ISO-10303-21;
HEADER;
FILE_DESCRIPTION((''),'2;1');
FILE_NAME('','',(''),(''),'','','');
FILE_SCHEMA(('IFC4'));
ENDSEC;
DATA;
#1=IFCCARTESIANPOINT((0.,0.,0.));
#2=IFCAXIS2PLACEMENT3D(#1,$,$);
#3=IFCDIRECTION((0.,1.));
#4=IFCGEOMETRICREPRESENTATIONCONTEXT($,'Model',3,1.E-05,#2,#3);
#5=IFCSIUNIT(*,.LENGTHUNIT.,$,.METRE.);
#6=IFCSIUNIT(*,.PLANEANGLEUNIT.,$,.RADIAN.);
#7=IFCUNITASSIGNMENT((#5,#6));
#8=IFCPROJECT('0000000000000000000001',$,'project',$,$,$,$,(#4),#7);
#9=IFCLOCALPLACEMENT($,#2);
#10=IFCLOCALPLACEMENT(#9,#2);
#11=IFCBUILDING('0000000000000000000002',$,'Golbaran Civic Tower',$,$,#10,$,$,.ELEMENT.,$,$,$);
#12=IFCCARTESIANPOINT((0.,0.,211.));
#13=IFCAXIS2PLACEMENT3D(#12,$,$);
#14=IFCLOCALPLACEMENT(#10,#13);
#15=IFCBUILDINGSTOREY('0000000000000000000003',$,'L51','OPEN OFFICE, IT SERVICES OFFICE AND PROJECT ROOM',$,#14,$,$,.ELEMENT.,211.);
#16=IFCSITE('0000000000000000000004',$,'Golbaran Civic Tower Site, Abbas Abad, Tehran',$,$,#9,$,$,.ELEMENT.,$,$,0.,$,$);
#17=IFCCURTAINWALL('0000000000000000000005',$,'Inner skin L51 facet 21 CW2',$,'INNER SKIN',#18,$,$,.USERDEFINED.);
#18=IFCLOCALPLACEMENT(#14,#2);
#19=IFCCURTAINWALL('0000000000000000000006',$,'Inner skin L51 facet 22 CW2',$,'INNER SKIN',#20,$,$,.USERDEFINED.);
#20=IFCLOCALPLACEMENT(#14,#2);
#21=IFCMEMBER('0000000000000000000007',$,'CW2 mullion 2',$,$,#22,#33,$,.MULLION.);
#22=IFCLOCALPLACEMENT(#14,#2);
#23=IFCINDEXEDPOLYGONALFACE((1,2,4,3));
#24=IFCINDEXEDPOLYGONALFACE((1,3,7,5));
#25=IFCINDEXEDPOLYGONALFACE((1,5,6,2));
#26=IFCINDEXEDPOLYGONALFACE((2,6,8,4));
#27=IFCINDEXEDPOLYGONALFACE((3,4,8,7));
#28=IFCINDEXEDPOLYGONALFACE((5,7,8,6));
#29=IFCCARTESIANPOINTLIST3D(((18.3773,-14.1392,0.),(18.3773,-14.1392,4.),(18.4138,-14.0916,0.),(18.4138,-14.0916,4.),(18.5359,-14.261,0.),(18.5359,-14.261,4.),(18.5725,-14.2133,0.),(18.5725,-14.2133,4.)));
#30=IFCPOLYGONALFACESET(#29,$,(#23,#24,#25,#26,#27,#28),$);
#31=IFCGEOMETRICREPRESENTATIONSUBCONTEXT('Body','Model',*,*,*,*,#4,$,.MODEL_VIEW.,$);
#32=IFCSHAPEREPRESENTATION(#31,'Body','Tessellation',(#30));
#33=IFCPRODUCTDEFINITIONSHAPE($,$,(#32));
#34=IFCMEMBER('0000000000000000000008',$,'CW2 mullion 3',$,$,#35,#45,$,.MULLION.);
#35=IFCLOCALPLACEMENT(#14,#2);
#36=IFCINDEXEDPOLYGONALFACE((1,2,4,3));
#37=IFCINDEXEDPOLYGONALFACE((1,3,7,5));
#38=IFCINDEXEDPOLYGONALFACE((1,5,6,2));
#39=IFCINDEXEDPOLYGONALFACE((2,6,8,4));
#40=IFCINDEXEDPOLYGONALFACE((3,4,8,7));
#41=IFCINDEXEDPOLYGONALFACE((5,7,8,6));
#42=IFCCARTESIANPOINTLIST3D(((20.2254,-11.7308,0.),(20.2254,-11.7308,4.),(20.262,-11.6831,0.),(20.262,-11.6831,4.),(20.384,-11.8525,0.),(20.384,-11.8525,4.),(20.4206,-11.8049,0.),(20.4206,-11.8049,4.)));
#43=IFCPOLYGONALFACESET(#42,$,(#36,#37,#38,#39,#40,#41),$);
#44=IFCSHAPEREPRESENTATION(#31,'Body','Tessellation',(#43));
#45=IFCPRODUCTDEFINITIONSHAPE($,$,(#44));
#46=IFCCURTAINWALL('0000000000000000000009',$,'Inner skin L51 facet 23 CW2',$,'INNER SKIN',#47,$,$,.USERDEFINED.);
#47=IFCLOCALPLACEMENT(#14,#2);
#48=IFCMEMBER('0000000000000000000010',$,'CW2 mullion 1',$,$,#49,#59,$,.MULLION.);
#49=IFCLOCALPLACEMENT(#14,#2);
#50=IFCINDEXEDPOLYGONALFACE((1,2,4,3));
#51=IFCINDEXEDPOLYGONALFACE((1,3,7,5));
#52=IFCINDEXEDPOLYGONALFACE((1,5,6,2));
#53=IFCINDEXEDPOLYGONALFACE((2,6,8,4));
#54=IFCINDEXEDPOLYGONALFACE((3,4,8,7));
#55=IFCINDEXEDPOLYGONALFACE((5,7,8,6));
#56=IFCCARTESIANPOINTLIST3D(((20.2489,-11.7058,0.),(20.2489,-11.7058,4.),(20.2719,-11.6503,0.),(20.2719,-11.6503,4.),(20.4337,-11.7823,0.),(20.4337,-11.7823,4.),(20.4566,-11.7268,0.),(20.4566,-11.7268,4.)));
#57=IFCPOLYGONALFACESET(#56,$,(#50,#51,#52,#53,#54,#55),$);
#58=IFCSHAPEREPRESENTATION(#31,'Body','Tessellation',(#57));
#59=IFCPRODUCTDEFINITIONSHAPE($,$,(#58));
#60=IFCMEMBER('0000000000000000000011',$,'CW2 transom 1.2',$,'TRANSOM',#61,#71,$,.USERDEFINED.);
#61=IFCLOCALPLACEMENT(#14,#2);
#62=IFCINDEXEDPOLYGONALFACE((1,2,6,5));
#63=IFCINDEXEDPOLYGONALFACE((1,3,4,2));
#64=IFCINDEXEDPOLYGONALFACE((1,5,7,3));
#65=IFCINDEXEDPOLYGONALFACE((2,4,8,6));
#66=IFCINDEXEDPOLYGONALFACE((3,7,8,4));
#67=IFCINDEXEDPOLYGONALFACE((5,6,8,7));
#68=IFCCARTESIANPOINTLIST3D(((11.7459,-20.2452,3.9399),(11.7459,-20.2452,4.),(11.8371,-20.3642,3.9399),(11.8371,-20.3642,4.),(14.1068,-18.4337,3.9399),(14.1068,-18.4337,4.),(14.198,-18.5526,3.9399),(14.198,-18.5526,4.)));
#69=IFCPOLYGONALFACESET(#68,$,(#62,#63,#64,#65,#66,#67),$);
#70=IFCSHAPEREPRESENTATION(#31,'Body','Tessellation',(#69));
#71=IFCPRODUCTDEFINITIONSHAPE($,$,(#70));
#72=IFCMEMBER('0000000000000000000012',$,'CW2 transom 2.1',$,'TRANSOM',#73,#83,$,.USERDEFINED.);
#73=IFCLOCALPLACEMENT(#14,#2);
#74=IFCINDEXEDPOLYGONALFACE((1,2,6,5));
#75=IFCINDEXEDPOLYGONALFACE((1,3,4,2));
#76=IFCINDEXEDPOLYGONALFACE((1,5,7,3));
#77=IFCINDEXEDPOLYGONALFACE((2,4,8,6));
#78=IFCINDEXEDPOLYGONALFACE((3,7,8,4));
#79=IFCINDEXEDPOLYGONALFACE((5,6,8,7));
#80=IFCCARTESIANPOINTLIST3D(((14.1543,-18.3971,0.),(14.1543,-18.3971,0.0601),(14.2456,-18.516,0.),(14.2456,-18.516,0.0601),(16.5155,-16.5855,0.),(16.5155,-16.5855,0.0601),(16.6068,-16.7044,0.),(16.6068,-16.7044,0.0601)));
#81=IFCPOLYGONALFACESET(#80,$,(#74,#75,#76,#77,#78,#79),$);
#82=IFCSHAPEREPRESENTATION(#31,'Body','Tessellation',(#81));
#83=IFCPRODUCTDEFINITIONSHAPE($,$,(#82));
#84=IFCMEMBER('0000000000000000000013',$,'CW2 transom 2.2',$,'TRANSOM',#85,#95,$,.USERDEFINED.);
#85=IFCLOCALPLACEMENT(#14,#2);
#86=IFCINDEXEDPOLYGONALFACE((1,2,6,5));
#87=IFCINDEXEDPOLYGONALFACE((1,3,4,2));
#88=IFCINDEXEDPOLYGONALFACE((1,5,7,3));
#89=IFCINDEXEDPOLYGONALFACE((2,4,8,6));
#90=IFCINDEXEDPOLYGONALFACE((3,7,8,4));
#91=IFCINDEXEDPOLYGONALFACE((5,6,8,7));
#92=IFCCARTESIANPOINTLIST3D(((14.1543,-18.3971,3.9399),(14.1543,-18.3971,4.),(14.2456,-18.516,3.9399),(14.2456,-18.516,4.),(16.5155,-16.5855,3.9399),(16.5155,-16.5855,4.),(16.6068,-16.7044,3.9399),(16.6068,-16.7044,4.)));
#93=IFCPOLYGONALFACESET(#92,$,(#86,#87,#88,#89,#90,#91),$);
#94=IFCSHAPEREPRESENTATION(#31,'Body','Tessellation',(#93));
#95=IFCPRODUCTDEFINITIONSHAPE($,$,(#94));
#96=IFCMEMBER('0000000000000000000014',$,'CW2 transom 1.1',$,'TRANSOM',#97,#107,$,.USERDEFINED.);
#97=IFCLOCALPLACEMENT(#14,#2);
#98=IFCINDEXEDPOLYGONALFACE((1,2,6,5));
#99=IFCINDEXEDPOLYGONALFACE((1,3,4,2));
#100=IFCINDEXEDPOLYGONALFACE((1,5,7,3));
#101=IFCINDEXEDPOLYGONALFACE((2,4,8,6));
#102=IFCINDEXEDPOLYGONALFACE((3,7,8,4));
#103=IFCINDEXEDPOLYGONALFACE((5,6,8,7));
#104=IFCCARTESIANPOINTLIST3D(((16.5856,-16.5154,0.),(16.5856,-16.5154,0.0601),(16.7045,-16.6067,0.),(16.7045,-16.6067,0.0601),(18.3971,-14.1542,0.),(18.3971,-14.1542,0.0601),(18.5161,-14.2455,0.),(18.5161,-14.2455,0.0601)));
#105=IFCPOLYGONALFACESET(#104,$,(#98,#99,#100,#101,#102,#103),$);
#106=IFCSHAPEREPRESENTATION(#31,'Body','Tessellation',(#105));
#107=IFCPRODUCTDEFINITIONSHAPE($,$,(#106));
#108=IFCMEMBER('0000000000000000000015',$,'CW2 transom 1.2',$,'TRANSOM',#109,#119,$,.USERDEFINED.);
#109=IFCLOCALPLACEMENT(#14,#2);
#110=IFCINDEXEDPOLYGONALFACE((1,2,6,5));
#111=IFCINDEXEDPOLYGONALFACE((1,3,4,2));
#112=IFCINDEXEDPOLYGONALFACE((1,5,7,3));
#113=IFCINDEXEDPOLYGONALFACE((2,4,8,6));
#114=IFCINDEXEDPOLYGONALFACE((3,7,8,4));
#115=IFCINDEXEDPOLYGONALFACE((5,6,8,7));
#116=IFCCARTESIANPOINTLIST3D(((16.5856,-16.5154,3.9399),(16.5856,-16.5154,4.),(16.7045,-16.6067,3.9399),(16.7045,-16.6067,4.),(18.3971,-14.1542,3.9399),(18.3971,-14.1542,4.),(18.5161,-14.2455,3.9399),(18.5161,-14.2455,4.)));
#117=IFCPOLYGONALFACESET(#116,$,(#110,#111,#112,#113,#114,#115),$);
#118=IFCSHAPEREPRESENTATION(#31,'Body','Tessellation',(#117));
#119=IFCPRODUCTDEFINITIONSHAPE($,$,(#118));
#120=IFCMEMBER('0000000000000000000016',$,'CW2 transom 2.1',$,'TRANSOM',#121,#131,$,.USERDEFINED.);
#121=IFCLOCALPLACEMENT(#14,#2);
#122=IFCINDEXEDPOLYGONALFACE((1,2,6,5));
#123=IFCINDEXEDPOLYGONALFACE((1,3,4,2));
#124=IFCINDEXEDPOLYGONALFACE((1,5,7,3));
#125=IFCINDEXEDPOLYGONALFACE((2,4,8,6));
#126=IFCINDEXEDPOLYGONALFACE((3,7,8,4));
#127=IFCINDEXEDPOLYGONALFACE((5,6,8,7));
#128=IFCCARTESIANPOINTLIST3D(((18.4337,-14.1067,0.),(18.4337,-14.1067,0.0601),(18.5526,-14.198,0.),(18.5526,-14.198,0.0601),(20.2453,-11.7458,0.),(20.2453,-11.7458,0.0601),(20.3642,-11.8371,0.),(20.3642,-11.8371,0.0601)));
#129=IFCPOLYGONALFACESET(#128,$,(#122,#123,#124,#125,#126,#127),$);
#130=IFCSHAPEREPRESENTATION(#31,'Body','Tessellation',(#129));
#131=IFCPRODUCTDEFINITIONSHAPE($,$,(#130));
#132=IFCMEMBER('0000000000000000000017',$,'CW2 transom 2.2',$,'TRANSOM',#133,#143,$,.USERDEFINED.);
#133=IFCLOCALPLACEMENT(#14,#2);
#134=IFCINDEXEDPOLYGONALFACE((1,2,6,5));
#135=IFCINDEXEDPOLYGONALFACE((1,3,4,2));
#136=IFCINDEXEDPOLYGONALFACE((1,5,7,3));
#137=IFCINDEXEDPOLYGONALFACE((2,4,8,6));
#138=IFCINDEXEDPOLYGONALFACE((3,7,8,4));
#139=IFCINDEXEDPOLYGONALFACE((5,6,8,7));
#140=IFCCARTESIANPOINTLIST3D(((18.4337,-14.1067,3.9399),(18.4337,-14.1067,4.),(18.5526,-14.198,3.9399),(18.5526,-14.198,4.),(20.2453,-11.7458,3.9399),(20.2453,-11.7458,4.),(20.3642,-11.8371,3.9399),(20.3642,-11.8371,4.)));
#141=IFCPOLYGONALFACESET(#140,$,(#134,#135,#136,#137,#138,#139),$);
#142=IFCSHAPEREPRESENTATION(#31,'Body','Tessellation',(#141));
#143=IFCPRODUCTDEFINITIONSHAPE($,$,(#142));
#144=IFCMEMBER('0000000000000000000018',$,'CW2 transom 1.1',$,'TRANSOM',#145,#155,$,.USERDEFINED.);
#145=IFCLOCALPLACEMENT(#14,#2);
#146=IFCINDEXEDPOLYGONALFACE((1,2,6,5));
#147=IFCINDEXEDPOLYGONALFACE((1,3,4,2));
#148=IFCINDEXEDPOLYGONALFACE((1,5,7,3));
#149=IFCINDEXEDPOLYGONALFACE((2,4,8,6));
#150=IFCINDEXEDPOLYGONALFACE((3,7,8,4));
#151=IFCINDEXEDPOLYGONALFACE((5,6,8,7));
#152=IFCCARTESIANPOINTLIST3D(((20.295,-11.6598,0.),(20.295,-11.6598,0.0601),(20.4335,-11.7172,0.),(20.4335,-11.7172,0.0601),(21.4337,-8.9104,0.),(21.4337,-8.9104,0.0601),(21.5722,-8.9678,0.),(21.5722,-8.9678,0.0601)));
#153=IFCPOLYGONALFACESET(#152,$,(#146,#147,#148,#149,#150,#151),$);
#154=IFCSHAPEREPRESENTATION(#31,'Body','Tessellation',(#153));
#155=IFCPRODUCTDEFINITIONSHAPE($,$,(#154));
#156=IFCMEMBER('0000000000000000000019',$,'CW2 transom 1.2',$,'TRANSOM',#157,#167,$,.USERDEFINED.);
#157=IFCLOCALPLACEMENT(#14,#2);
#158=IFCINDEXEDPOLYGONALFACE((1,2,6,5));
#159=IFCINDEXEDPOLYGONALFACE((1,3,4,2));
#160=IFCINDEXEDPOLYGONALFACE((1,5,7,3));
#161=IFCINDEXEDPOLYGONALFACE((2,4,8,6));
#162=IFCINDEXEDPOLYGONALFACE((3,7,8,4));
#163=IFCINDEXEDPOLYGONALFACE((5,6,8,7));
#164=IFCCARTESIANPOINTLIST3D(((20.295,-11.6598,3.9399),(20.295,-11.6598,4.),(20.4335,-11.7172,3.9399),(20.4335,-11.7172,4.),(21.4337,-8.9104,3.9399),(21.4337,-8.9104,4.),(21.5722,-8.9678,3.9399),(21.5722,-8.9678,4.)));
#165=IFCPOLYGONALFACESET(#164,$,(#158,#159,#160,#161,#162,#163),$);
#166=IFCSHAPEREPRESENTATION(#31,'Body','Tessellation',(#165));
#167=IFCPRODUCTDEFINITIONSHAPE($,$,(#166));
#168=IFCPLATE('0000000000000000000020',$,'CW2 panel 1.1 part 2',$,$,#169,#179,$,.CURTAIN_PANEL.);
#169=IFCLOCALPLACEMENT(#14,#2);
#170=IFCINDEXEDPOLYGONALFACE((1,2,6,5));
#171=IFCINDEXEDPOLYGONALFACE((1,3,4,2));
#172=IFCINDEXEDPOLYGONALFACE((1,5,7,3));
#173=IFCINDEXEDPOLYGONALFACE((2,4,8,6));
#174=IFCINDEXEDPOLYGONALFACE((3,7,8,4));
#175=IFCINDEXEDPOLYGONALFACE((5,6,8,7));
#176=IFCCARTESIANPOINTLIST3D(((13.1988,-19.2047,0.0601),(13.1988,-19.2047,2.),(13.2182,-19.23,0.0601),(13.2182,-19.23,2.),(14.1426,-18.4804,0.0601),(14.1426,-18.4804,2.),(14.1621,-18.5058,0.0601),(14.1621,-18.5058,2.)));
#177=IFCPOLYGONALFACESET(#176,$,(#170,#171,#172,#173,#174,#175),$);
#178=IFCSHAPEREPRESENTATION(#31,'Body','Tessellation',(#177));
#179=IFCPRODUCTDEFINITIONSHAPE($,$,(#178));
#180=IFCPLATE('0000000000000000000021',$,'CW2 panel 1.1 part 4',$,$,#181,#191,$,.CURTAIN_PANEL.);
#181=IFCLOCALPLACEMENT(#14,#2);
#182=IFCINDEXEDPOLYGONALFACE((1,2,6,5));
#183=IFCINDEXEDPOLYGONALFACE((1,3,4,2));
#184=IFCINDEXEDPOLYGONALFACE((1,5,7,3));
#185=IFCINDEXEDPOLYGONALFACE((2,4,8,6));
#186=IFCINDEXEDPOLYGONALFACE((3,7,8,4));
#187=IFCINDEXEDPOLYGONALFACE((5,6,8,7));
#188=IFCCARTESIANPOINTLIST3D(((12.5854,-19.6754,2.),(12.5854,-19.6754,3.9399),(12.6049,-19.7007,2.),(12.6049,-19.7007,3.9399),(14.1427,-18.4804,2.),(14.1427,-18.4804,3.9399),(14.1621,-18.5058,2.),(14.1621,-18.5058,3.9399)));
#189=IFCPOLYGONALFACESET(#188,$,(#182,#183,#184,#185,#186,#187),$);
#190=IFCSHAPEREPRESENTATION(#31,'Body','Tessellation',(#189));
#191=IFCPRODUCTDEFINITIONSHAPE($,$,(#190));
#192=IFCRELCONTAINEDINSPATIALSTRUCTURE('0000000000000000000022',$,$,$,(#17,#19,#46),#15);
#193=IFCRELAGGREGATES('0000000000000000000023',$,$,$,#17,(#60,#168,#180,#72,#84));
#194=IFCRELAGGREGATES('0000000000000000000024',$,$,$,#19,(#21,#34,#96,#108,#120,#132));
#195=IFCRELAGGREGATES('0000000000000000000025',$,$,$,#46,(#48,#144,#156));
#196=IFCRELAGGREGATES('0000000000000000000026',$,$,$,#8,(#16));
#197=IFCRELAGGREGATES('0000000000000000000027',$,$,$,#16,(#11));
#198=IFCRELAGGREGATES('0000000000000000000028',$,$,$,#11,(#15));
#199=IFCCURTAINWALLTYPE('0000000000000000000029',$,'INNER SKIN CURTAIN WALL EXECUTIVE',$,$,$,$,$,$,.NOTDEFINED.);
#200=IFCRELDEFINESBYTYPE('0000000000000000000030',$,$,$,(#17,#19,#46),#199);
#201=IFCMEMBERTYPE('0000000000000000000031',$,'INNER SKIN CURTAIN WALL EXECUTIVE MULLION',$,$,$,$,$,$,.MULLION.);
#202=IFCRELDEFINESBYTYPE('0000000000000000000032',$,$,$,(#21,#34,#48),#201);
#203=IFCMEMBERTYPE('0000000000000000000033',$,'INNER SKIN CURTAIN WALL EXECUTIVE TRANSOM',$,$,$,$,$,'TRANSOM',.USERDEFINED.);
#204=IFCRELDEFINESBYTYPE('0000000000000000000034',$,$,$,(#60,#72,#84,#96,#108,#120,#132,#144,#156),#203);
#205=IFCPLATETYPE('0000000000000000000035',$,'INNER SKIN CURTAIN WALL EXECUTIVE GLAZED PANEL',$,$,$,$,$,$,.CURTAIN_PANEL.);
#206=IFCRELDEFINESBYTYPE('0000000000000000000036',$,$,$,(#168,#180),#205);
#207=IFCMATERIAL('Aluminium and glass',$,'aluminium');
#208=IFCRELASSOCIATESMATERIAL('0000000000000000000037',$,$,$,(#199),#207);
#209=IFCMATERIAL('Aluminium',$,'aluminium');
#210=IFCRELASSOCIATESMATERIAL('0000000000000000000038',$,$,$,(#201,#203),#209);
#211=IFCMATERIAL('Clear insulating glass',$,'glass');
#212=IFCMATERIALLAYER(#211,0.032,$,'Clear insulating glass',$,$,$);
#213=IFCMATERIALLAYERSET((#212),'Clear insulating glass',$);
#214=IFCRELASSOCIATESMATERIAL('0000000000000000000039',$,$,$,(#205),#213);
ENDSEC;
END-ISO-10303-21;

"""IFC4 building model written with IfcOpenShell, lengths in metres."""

from ifc_helpers import new_model, si_unit, direction, frame, origin, origin_2d, place, context, subcontext, project, spatial, rectangle, extrude, material, layer, layer_set, material_profile, profile_set, type_object, element, aggregate, save


model = new_model("IFC4")

# Units and contexts
model_context = context("Model", 3, precision=1e-05, world=origin(), true_north=direction((0.0, 1.0)))
body_context = subcontext(model_context, "Body", "Model", "MODEL_VIEW")
ifc_project = project(units=[si_unit("LENGTHUNIT", "METRE"), si_unit("PLANEANGLEUNIT", "RADIAN")], contexts=[model_context])

# Site, building, storey
site_placement = place(None, origin())
site = spatial("IfcSite", under=ifc_project, at=site_placement, Name="Golbaran Civic Tower Site, Abbas Abad, Tehran", CompositionType="ELEMENT", RefElevation=0.0)
building_placement = place(site_placement, origin())
building = spatial("IfcBuilding", under=site, at=building_placement, Name="Golbaran Civic Tower", CompositionType="ELEMENT")
storey_placement = place(building_placement, frame((0.0, 0.0, 211.0)))
storey = spatial("IfcBuildingStorey", under=building, at=storey_placement, Name="L51", Description="OPEN OFFICE, IT SERVICES OFFICE AND PROJECT ROOM", CompositionType="ELEMENT", Elevation=211.0)

# Curtain walls, members
ifc_material_1 = material(Name="Aluminium and glass", Category="aluminium")
curtain_wall_type = type_object("IfcCurtainWallType", Name="INNER SKIN CURTAIN WALL EXECUTIVE", PredefinedType="NOTDEFINED", material=ifc_material_1)
curtain_wall_1_placement = place(storey_placement, origin())
curtain_wall_1 = element("IfcCurtainWall", 1, at=curtain_wall_1_placement, inside=storey, type_object=curtain_wall_type, Name="Inner skin L51 facet 21 CW2", ObjectType="INNER SKIN", PredefinedType="USERDEFINED")
ifc_material_2 = material(Name="Aluminium", Category="aluminium")
ifc_material_profile_1 = material_profile(ifc_material_2, rectangle(XDim=0.2, YDim=0.0601, at=origin_2d()), Name="INNER SKIN CURTAIN WALL EXECUTIVE MULLION")
ifc_profile_set_1 = profile_set([ifc_material_profile_1], Name="Aluminium")
member_type_1 = type_object("IfcMemberType", Name="INNER SKIN CURTAIN WALL EXECUTIVE MULLION", PredefinedType="MULLION", material=ifc_profile_set_1)
curtain_wall_2_placement = place(storey_placement, origin())
curtain_wall_2 = element("IfcCurtainWall", 2, at=curtain_wall_2_placement, inside=storey, type_object=curtain_wall_type, Name="Inner skin L51 facet 22 CW2", ObjectType="INNER SKIN", PredefinedType="USERDEFINED")
member_1_placement = place(storey_placement, frame((18.4749, -14.1763, 0.0), z_axis=(0.0, 0.0, 1.0), x_axis=(-0.793353, 0.608761, 0.0)))
member_1 = element("IfcMember", 3, at=member_1_placement, type_object=member_type_1, Name="CW2 mullion 2", PredefinedType="MULLION", context=body_context, shape_type="SweptSolid", body=[
    extrude(rectangle(XDim=0.2, YDim=0.0601, at=origin_2d()), origin(), (0.0, 0.0, 1.0), 4.0),
])
member_2_placement = place(storey_placement, frame((20.323, -11.7678, 0.0), z_axis=(0.0, 0.0, 1.0), x_axis=(-0.793353, 0.608761, 0.0)))
member_2 = element("IfcMember", 4, at=member_2_placement, type_object=member_type_1, Name="CW2 mullion 3", PredefinedType="MULLION", context=body_context, shape_type="SweptSolid", body=[
    extrude(rectangle(XDim=0.2, YDim=0.0601, at=origin_2d()), origin(), (0.0, 0.0, 1.0), 4.0),
])

# Curtain wall, member
curtain_wall_3_placement = place(storey_placement, origin())
curtain_wall_3 = element("IfcCurtainWall", 5, at=curtain_wall_3_placement, inside=storey, type_object=curtain_wall_type, Name="Inner skin L51 facet 23 CW2", ObjectType="INNER SKIN", PredefinedType="USERDEFINED")
member_3_placement = place(storey_placement, frame((20.3528, -11.7163, 0.0), z_axis=(0.0, 0.0, 1.0), x_axis=(-0.92388, 0.382683, 0.0)))
member_3 = element("IfcMember", 6, at=member_3_placement, type_object=member_type_1, Name="CW2 mullion 1", PredefinedType="MULLION", context=body_context, shape_type="SweptSolid", body=[
    extrude(rectangle(XDim=0.2, YDim=0.0601, at=origin_2d()), origin(), (0.0, 0.0, 1.0), 4.0),
])

# Members
ifc_material_profile_2 = material_profile(ifc_material_2, rectangle(XDim=0.1499, YDim=0.0601, at=origin_2d()), Name="INNER SKIN CURTAIN WALL EXECUTIVE TRANSOM")
ifc_profile_set_2 = profile_set([ifc_material_profile_2], Name="Aluminium")
member_type_2 = type_object("IfcMemberType", Name="INNER SKIN CURTAIN WALL EXECUTIVE TRANSOM", ElementType="TRANSOM", PredefinedType="USERDEFINED", material=ifc_profile_set_2)
member_4_placement = place(storey_placement, frame((11.7915, -20.3047, 3.97), z_axis=(0.793355, 0.608759, 0.0), x_axis=(-0.608759, 0.793355, 0.0)))
member_4 = element("IfcMember", 7, at=member_4_placement, type_object=member_type_2, Name="CW2 transom 1.2", ObjectType="TRANSOM", PredefinedType="USERDEFINED", context=body_context, shape_type="SweptSolid", body=[
    extrude(rectangle(XDim=0.1499, YDim=0.0601, at=origin_2d()), origin(), (0.0, 0.0, 1.0), 2.9758),
])
member_5_placement = place(storey_placement, frame((14.2, -18.4565, 0.03), z_axis=(0.793386, 0.608719, 0.0), x_axis=(-0.608719, 0.793386, 0.0)))
member_5 = element("IfcMember", 8, at=member_5_placement, type_object=member_type_2, Name="CW2 transom 2.1", ObjectType="TRANSOM", PredefinedType="USERDEFINED", context=body_context, shape_type="SweptSolid", body=[
    extrude(rectangle(XDim=0.1499, YDim=0.0601, at=origin_2d()), origin(), (0.0, 0.0, 1.0), 2.9761),
])
member_6_placement = place(storey_placement, frame((14.2, -18.4565, 3.97), z_axis=(0.793386, 0.608719, 0.0), x_axis=(-0.608719, 0.793386, 0.0)))
member_6 = element("IfcMember", 9, at=member_6_placement, type_object=member_type_2, Name="CW2 transom 2.2", ObjectType="TRANSOM", PredefinedType="USERDEFINED", context=body_context, shape_type="SweptSolid", body=[
    extrude(rectangle(XDim=0.1499, YDim=0.0601, at=origin_2d()), origin(), (0.0, 0.0, 1.0), 2.9761),
])
member_7_placement = place(storey_placement, frame((16.645, -16.561, 0.03), z_axis=(0.608719, 0.793386, 0.0), x_axis=(-0.793386, 0.608719, 0.0)))
member_7 = element("IfcMember", 10, at=member_7_placement, type_object=member_type_2, Name="CW2 transom 1.1", ObjectType="TRANSOM", PredefinedType="USERDEFINED", context=body_context, shape_type="SweptSolid", body=[
    extrude(rectangle(XDim=0.1499, YDim=0.0601, at=origin_2d()), origin(), (0.0, 0.0, 1.0), 2.9761),
])
member_8_placement = place(storey_placement, frame((16.645, -16.561, 3.97), z_axis=(0.608719, 0.793386, 0.0), x_axis=(-0.793386, 0.608719, 0.0)))
member_8 = element("IfcMember", 11, at=member_8_placement, type_object=member_type_2, Name="CW2 transom 1.2", ObjectType="TRANSOM", PredefinedType="USERDEFINED", context=body_context, shape_type="SweptSolid", body=[
    extrude(rectangle(XDim=0.1499, YDim=0.0601, at=origin_2d()), origin(), (0.0, 0.0, 1.0), 2.9761),
])
member_9_placement = place(storey_placement, frame((18.4932, -14.1523, 0.03), z_axis=(0.608759, 0.793355, 0.0), x_axis=(-0.793355, 0.608759, 0.0)))
member_9 = element("IfcMember", 12, at=member_9_placement, type_object=member_type_2, Name="CW2 transom 2.1", ObjectType="TRANSOM", PredefinedType="USERDEFINED", context=body_context, shape_type="SweptSolid", body=[
    extrude(rectangle(XDim=0.1499, YDim=0.0601, at=origin_2d()), origin(), (0.0, 0.0, 1.0), 2.9758),
])
member_10_placement = place(storey_placement, frame((18.4932, -14.1523, 3.97), z_axis=(0.608759, 0.793355, 0.0), x_axis=(-0.793355, 0.608759, 0.0)))
member_10 = element("IfcMember", 13, at=member_10_placement, type_object=member_type_2, Name="CW2 transom 2.2", ObjectType="TRANSOM", PredefinedType="USERDEFINED", context=body_context, shape_type="SweptSolid", body=[
    extrude(rectangle(XDim=0.1499, YDim=0.0601, at=origin_2d()), origin(), (0.0, 0.0, 1.0), 2.9758),
])
member_11_placement = place(storey_placement, frame((20.3643, -11.6885, 0.03), z_axis=(0.382651, 0.923893, 0.0), x_axis=(-0.923893, 0.382651, 0.0)))
member_11 = element("IfcMember", 14, at=member_11_placement, type_object=member_type_2, Name="CW2 transom 1.1", ObjectType="TRANSOM", PredefinedType="USERDEFINED", context=body_context, shape_type="SweptSolid", body=[
    extrude(rectangle(XDim=0.1499, YDim=0.0601, at=origin_2d()), origin(), (0.0, 0.0, 1.0), 2.9758),
])
member_12_placement = place(storey_placement, frame((20.3643, -11.6885, 3.97), z_axis=(0.382651, 0.923893, 0.0), x_axis=(-0.923893, 0.382651, 0.0)))
member_12 = element("IfcMember", 15, at=member_12_placement, type_object=member_type_2, Name="CW2 transom 1.2", ObjectType="TRANSOM", PredefinedType="USERDEFINED", context=body_context, shape_type="SweptSolid", body=[
    extrude(rectangle(XDim=0.1499, YDim=0.0601, at=origin_2d()), origin(), (0.0, 0.0, 1.0), 2.9758),
])

# Plates
ifc_material_3 = material(Name="Clear insulating glass", Category="glass")
ifc_layer_1 = layer(ifc_material_3, 0.032, Name="Clear insulating glass")
ifc_layer_set_1 = layer_set([ifc_layer_1], Name="Clear insulating glass")
plate_type_1 = type_object("IfcPlateType", Name="INNER SKIN CURTAIN WALL EXECUTIVE GLAZED PANEL", PredefinedType="CURTAIN_PANEL", material=ifc_layer_set_1)
plate_1_placement = place(storey_placement, frame((13.6804, -18.8552, 0.0601), z_axis=(0.0, 0.0, 1.0), x_axis=(0.793353, 0.608761, 0.0)))
plate_1 = element("IfcPlate", 16, at=plate_1_placement, type_object=plate_type_1, Name="CW2 panel 1.1 part 2", PredefinedType="CURTAIN_PANEL", context=body_context, shape_type="SweptSolid", body=[
    extrude(rectangle(XDim=1.1897, YDim=0.032, at=origin_2d()), origin(), (0.0, 0.0, 1.0), 1.9399),
])
plate_2_placement = place(storey_placement, frame((13.3738, -19.0906, 2.0), z_axis=(0.0, 0.0, 1.0), x_axis=(0.793353, 0.608761, 0.0)))
plate_2 = element("IfcPlate", 17, at=plate_2_placement, type_object=plate_type_1, Name="CW2 panel 1.1 part 4", PredefinedType="CURTAIN_PANEL", context=body_context, shape_type="SweptSolid", body=[
    extrude(rectangle(XDim=1.9629, YDim=0.032, at=origin_2d()), origin(), (0.0, 0.0, 1.0), 1.9399),
])
aggregate(curtain_wall_1, [member_4, plate_1, plate_2, member_5, member_6])
aggregate(curtain_wall_2, [member_1, member_2, member_7, member_8, member_9, member_10])
aggregate(curtain_wall_3, [member_3, member_11, member_12])

save(model, "model.ifc")
